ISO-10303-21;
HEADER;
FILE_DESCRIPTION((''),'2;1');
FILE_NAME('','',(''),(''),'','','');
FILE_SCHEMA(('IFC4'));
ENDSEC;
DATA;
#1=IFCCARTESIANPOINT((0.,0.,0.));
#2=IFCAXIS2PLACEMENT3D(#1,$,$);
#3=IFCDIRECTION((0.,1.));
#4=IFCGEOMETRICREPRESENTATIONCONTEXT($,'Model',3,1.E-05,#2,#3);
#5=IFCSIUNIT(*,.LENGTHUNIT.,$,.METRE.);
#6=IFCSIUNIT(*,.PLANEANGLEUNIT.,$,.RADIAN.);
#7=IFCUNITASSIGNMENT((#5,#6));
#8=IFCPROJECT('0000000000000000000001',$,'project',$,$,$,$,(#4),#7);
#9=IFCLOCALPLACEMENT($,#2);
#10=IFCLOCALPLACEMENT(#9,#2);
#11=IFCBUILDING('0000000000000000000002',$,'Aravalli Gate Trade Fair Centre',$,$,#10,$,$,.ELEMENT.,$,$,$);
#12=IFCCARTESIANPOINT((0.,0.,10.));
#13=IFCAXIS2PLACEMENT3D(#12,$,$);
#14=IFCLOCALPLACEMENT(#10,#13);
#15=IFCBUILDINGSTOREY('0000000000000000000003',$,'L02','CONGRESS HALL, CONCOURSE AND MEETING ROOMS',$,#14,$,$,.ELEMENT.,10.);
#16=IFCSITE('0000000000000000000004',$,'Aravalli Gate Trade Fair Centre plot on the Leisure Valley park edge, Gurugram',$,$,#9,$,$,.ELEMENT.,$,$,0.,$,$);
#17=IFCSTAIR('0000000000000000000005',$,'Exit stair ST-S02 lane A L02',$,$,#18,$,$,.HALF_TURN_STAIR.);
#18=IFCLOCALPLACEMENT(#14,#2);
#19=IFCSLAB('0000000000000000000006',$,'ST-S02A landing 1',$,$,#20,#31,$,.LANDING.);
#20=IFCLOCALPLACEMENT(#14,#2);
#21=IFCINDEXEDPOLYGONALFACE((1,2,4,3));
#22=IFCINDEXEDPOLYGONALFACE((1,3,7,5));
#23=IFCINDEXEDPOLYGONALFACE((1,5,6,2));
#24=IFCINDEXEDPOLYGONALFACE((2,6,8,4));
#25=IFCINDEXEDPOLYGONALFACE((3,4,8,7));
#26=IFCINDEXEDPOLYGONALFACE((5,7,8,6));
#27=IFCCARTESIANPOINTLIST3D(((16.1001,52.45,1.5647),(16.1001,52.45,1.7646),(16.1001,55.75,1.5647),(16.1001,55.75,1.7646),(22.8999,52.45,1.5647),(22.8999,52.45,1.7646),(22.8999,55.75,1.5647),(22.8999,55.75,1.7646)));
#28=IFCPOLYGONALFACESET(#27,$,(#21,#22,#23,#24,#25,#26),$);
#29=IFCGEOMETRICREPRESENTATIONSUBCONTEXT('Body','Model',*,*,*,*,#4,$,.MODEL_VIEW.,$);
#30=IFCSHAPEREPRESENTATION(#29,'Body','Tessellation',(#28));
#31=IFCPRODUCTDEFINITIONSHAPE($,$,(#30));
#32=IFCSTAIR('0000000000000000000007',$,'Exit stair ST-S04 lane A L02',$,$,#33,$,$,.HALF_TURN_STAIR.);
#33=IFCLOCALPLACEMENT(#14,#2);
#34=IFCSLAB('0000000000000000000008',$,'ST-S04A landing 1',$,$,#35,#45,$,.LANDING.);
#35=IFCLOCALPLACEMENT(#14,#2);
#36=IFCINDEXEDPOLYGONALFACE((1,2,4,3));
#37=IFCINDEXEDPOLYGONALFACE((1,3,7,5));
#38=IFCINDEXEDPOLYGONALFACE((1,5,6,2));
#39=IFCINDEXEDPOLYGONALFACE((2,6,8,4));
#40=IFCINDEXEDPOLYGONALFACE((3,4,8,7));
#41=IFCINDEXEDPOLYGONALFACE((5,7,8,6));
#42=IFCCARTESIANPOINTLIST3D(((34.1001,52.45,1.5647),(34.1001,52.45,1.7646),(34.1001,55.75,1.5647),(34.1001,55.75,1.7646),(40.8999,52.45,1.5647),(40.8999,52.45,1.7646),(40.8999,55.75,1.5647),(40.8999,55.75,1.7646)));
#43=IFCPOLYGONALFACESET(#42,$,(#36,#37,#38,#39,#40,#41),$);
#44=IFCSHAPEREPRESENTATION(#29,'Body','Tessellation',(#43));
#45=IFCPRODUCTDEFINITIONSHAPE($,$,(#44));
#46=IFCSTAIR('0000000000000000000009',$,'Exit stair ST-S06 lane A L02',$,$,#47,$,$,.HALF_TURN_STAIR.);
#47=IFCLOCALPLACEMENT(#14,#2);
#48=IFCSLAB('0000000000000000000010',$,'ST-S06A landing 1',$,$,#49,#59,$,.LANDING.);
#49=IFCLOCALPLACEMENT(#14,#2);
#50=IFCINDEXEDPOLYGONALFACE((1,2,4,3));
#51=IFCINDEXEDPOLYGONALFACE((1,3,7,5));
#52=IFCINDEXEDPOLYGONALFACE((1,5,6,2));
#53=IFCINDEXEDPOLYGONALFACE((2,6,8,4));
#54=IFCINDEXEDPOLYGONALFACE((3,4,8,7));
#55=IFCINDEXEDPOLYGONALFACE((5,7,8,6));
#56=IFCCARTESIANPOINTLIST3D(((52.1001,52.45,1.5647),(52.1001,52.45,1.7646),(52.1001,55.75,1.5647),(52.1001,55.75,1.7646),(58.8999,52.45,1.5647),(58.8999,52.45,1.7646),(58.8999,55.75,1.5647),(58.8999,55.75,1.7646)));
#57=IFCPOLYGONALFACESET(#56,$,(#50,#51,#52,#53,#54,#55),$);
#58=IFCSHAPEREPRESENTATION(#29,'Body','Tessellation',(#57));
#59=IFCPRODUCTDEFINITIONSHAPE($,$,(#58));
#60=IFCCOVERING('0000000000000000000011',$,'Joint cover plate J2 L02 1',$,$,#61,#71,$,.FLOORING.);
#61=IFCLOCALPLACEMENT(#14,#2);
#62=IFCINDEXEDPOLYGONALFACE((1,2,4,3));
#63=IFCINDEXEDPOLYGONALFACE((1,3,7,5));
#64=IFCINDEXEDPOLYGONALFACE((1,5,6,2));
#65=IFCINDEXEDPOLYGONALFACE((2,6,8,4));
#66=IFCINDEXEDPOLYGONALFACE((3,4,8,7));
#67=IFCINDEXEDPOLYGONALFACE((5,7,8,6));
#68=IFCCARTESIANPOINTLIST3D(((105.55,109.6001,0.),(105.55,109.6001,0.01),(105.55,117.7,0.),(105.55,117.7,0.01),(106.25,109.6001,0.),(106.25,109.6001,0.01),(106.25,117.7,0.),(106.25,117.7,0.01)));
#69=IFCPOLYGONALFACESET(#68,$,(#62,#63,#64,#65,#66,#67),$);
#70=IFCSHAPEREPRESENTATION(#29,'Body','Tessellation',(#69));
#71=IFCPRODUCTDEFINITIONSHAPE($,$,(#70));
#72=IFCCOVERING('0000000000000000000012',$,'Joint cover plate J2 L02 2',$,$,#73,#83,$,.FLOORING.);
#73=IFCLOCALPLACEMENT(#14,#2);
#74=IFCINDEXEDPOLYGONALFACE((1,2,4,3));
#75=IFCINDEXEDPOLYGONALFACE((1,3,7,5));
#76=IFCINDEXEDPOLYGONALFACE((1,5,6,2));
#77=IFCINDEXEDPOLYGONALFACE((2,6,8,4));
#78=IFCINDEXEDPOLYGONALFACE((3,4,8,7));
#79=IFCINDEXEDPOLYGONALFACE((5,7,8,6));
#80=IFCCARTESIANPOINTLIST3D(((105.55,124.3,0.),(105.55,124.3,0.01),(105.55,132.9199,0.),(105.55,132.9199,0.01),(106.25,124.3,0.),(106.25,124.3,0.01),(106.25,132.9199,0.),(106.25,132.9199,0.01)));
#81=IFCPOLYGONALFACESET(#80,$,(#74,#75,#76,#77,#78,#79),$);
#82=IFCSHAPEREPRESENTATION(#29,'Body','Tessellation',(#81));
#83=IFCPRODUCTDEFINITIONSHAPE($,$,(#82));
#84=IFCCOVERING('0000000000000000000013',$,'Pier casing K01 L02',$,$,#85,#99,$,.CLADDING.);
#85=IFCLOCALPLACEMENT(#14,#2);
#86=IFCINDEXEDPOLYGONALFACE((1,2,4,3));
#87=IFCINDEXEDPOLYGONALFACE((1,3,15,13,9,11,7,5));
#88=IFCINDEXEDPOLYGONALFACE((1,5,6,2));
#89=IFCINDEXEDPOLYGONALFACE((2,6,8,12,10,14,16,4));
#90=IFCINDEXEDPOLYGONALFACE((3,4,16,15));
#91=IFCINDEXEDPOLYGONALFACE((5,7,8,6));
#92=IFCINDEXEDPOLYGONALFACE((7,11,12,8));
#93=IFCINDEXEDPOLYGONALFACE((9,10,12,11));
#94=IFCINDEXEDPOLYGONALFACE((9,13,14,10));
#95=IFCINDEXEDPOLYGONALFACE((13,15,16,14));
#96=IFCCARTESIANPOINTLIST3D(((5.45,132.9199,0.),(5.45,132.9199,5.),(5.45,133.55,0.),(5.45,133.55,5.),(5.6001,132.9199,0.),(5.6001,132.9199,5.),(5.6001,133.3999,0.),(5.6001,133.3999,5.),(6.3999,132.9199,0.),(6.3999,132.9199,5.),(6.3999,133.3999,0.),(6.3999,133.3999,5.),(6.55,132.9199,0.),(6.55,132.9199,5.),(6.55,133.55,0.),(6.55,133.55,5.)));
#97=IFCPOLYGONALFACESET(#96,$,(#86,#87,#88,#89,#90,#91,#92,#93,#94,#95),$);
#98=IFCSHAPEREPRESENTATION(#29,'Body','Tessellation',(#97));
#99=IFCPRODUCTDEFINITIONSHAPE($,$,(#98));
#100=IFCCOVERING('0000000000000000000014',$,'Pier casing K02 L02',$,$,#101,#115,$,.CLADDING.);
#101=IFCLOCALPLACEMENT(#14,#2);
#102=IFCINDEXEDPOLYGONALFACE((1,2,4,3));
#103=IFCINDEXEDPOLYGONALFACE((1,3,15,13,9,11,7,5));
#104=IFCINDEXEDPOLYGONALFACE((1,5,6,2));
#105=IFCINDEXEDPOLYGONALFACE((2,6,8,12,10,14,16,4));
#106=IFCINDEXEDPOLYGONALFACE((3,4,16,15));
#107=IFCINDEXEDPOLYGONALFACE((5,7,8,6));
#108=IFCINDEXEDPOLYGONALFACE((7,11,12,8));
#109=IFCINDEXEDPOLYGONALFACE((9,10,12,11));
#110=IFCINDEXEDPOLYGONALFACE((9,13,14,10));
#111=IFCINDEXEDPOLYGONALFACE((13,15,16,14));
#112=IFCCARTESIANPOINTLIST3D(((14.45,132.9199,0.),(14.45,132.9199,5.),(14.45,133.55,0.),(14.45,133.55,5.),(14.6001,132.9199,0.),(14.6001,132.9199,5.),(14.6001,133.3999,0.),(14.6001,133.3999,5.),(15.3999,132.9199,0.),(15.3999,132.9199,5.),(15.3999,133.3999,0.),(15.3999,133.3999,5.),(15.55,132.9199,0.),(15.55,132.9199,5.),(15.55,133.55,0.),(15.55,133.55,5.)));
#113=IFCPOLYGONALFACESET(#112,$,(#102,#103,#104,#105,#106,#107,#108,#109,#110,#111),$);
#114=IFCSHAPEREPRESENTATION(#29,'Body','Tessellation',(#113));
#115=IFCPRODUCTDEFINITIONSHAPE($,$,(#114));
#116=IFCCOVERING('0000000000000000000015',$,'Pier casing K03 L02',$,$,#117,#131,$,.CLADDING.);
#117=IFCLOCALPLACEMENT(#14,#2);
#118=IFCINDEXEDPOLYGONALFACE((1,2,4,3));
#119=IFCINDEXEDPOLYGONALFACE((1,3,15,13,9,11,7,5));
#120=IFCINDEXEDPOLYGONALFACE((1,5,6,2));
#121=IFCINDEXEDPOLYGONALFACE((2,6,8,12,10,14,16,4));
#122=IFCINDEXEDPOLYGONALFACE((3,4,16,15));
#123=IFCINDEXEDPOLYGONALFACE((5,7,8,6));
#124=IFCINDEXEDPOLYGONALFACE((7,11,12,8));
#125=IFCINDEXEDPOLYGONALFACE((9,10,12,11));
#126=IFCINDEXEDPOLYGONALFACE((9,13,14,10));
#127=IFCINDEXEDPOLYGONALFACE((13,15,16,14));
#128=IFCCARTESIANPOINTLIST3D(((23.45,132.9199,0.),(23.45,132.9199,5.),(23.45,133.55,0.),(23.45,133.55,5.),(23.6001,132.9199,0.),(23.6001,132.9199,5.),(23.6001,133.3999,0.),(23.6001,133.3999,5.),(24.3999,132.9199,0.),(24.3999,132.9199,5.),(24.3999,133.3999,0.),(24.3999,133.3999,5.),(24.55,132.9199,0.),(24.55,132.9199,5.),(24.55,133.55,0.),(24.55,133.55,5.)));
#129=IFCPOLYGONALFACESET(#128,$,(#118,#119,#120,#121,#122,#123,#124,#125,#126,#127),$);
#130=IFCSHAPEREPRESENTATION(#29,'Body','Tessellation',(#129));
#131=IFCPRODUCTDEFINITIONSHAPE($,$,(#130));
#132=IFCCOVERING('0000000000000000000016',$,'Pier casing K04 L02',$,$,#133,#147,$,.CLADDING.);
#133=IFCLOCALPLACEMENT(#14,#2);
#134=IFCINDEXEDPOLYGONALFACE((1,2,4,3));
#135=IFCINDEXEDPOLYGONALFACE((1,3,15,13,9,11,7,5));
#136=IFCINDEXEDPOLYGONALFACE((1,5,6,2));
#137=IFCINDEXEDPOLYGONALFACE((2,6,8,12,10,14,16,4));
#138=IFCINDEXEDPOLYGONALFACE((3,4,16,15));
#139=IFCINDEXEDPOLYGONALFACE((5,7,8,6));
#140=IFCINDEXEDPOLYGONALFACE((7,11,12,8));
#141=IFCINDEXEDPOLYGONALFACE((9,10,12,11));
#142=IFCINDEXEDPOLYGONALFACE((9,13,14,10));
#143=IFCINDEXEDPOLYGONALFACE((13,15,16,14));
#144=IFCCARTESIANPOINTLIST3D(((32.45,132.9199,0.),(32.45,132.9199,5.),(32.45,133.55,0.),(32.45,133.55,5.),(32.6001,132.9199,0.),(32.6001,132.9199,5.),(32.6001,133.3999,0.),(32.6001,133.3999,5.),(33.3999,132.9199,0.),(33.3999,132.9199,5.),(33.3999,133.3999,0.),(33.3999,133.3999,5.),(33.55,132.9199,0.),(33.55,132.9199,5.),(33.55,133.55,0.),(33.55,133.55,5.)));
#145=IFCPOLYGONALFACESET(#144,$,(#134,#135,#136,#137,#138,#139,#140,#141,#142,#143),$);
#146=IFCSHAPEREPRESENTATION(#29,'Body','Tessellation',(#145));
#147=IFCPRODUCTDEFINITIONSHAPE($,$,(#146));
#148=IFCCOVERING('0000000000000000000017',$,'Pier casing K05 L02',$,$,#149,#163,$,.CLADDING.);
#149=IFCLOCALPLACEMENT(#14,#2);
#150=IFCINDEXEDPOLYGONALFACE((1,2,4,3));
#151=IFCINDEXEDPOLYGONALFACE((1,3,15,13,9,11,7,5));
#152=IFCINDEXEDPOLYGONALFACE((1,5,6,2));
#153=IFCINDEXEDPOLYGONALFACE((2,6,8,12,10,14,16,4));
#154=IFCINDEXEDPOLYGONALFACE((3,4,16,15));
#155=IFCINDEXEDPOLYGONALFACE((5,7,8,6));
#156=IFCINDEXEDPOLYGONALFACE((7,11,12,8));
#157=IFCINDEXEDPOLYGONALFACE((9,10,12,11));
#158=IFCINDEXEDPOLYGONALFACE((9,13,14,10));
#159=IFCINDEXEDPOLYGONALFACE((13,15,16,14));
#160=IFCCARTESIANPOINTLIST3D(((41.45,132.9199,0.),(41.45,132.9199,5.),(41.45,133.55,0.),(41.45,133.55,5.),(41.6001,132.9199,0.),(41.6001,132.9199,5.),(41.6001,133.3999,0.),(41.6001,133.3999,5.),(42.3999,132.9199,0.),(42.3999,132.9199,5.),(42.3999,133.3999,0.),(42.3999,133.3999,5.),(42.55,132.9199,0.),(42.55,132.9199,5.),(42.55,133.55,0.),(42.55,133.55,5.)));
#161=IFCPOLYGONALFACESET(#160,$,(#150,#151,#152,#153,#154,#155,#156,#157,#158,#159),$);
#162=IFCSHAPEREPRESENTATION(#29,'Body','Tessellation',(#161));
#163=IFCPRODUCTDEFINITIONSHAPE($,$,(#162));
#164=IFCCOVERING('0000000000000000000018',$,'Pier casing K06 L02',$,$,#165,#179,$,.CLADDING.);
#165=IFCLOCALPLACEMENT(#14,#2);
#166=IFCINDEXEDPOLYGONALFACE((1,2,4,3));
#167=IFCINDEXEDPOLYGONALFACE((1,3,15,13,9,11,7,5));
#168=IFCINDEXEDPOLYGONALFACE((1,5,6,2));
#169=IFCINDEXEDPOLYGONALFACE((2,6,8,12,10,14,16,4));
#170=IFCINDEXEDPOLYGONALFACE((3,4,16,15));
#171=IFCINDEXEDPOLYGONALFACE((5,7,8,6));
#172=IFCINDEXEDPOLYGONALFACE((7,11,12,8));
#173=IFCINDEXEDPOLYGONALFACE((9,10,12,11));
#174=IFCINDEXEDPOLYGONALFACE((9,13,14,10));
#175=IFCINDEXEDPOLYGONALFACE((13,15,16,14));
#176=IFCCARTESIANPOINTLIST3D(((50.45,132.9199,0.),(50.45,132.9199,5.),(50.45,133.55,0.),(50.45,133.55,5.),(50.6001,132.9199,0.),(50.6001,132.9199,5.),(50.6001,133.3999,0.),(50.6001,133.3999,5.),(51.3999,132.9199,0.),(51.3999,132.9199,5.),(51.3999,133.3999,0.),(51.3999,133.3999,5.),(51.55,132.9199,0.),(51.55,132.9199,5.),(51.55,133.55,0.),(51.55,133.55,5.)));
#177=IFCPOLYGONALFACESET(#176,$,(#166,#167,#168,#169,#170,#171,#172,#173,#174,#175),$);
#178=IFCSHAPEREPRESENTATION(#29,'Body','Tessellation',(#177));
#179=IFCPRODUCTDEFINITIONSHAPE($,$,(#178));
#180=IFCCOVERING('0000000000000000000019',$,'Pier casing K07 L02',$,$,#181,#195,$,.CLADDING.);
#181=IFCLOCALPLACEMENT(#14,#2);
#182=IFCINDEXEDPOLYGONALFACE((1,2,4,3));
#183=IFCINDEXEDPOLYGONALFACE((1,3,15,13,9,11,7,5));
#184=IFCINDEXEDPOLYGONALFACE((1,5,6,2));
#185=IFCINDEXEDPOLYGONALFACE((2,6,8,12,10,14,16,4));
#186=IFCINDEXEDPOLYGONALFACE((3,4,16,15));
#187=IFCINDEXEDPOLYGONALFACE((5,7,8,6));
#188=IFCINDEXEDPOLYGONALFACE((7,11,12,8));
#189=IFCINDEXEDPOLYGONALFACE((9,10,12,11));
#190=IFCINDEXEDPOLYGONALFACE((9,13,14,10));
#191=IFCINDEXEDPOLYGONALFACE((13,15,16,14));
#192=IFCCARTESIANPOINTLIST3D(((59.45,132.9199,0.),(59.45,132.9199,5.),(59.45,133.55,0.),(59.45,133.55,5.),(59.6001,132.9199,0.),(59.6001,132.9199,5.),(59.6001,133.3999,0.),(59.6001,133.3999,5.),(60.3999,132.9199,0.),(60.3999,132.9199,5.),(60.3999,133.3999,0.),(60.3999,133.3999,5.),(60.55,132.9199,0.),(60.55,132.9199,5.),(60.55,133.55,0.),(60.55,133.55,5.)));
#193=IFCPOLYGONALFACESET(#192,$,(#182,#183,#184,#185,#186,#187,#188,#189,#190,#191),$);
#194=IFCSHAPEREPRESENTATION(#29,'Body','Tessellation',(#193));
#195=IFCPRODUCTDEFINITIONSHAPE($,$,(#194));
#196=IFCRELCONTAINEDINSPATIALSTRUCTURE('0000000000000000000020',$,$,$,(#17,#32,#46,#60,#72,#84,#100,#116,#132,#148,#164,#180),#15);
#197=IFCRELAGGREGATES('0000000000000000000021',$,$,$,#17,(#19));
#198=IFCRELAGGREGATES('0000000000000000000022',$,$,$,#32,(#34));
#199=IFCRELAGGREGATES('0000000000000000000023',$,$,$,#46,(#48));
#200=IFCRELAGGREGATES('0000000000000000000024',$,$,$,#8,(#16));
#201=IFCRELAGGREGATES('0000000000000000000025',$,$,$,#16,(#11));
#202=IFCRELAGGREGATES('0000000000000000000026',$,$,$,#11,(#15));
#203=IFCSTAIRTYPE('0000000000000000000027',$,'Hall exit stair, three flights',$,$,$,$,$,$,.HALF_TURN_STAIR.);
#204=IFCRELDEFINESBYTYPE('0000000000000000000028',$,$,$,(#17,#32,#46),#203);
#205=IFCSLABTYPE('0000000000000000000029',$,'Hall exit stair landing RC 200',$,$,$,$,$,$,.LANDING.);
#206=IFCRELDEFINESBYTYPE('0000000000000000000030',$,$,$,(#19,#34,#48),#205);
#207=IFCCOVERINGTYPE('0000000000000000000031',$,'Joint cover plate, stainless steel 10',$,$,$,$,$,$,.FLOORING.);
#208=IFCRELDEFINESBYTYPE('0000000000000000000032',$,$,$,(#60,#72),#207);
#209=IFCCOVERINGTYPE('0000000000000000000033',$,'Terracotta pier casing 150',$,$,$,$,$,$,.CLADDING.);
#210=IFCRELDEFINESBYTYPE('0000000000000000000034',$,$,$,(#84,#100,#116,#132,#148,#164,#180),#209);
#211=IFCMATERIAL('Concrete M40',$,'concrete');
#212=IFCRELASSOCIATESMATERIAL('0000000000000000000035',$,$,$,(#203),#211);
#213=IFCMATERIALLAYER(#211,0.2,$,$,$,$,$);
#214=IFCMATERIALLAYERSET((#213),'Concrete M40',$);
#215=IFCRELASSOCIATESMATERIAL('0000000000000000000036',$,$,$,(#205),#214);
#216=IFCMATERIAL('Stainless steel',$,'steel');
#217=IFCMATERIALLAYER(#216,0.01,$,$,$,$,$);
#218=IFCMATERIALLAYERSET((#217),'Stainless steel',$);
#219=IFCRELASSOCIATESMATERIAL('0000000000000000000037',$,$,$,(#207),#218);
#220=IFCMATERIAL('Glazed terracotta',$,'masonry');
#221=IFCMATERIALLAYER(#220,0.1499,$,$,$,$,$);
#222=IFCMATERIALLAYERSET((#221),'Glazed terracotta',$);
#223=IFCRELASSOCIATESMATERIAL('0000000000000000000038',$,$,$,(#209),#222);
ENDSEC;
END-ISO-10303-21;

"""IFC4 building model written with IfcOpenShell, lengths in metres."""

from ifc_helpers import new_model, si_unit, direction, frame, origin, place, context, subcontext, project, spatial, polyline, outline, extrude, material, layer, layer_set, type_object, element, aggregate, save


model = new_model("IFC4")

# Units and contexts
model_context = context("Model", 3, precision=1e-05, world=origin(), true_north=direction((0.0, 1.0)))
body_context = subcontext(model_context, "Body", "Model", "MODEL_VIEW")
ifc_project = project(units=[si_unit("LENGTHUNIT", "METRE"), si_unit("PLANEANGLEUNIT", "RADIAN")], contexts=[model_context])

# Site, building, storey
site_placement = place(None, origin())
site = spatial("IfcSite", under=ifc_project, at=site_placement, Name="Aravalli Gate Trade Fair Centre plot on the Leisure Valley park edge, Gurugram", CompositionType="ELEMENT", RefElevation=0.0)
building_placement = place(site_placement, origin())
building = spatial("IfcBuilding", under=site, at=building_placement, Name="Aravalli Gate Trade Fair Centre", CompositionType="ELEMENT")
storey_placement = place(building_placement, frame((0.0, 0.0, 10.0)))
storey = spatial("IfcBuildingStorey", under=building, at=storey_placement, Name="L02", Description="CONGRESS HALL, CONCOURSE AND MEETING ROOMS", CompositionType="ELEMENT", Elevation=10.0)

# Stairs, slabs
ifc_material_1 = material(Name="Concrete M40", Category="concrete")
stair_type = type_object("IfcStairType", Name="Hall exit stair, three flights", PredefinedType="HALF_TURN_STAIR", material=ifc_material_1)
stair_1_placement = place(storey_placement, origin())
stair_1 = element("IfcStair", 1, at=stair_1_placement, inside=storey, type_object=stair_type, Name="Exit stair ST-S02 lane A L02", PredefinedType="HALF_TURN_STAIR")
ifc_layer_1 = layer(ifc_material_1, 0.2)
ifc_layer_set_1 = layer_set([ifc_layer_1], Name="Concrete M40")
slab_type = type_object("IfcSlabType", Name="Hall exit stair landing RC 200", PredefinedType="LANDING", material=ifc_layer_set_1)
slab_1_placement = place(storey_placement, frame((0.0, 0.0, 1.5647)))
slab_1 = element("IfcSlab", 2, at=slab_1_placement, type_object=slab_type, Name="ST-S02A landing 1", PredefinedType="LANDING", context=body_context, shape_type="SweptSolid", body=[
    extrude(outline(polyline([(16.1001, 52.45), (22.8999, 52.45), (22.8999, 55.75), (16.1001, 55.75), (16.1001, 52.45)])), origin(), (0.0, 0.0, 1.0), 0.2),
])
aggregate(stair_1, [slab_1])
stair_2_placement = place(storey_placement, origin())
stair_2 = element("IfcStair", 3, at=stair_2_placement, inside=storey, type_object=stair_type, Name="Exit stair ST-S04 lane A L02", PredefinedType="HALF_TURN_STAIR")
slab_2_placement = place(storey_placement, frame((0.0, 0.0, 1.5647)))
slab_2 = element("IfcSlab", 4, at=slab_2_placement, type_object=slab_type, Name="ST-S04A landing 1", PredefinedType="LANDING", context=body_context, shape_type="SweptSolid", body=[
    extrude(outline(polyline([(34.1001, 52.45), (40.8999, 52.45), (40.8999, 55.75), (34.1001, 55.75), (34.1001, 52.45)])), origin(), (0.0, 0.0, 1.0), 0.2),
])
aggregate(stair_2, [slab_2])
stair_3_placement = place(storey_placement, origin())
stair_3 = element("IfcStair", 5, at=stair_3_placement, inside=storey, type_object=stair_type, Name="Exit stair ST-S06 lane A L02", PredefinedType="HALF_TURN_STAIR")
slab_3_placement = place(storey_placement, frame((0.0, 0.0, 1.5647)))
slab_3 = element("IfcSlab", 6, at=slab_3_placement, type_object=slab_type, Name="ST-S06A landing 1", PredefinedType="LANDING", context=body_context, shape_type="SweptSolid", body=[
    extrude(outline(polyline([(52.1001, 52.45), (58.8999, 52.45), (58.8999, 55.75), (52.1001, 55.75), (52.1001, 52.45)])), origin(), (0.0, 0.0, 1.0), 0.2),
])
aggregate(stair_3, [slab_3])

# Coverings
ifc_material_2 = material(Name="Stainless steel", Category="steel")
ifc_layer_2 = layer(ifc_material_2, 0.01)
ifc_layer_set_2 = layer_set([ifc_layer_2], Name="Stainless steel")
covering_type_1 = type_object("IfcCoveringType", Name="Joint cover plate, stainless steel 10", PredefinedType="FLOORING", material=ifc_layer_set_2)
covering_1_placement = place(storey_placement, origin())
element("IfcCovering", 7, at=covering_1_placement, inside=storey, type_object=covering_type_1, Name="Joint cover plate J2 L02 1", PredefinedType="FLOORING", context=body_context, shape_type="SweptSolid", body=[
    extrude(outline(polyline([(106.25, 109.6001), (106.25, 117.7), (105.55, 117.7), (105.55, 109.6001), (106.25, 109.6001)])), origin(), (0.0, 0.0, 1.0), 0.01),
])
covering_2_placement = place(storey_placement, origin())
element("IfcCovering", 8, at=covering_2_placement, inside=storey, type_object=covering_type_1, Name="Joint cover plate J2 L02 2", PredefinedType="FLOORING", context=body_context, shape_type="SweptSolid", body=[
    extrude(outline(polyline([(105.55, 132.9199), (105.55, 124.3), (106.25, 124.3), (106.25, 132.9199), (105.55, 132.9199)])), origin(), (0.0, 0.0, 1.0), 0.01),
])
ifc_material_3 = material(Name="Glazed terracotta", Category="masonry")
ifc_layer_3 = layer(ifc_material_3, 0.1499)
ifc_layer_set_3 = layer_set([ifc_layer_3], Name="Glazed terracotta")
covering_type_2 = type_object("IfcCoveringType", Name="Terracotta pier casing 150", PredefinedType="CLADDING", material=ifc_layer_set_3)
covering_3_placement = place(storey_placement, origin())
element("IfcCovering", 9, at=covering_3_placement, inside=storey, type_object=covering_type_2, Name="Pier casing K01 L02", PredefinedType="CLADDING", context=body_context, shape_type="SweptSolid", body=[
    extrude(outline(polyline([(5.45, 132.9199), (5.6001, 132.9199), (5.6001, 133.3999), (6.3999, 133.3999), (6.3999, 132.9199), (6.55, 132.9199), (6.55, 133.55), (5.45, 133.55), (5.45, 132.9199)])), origin(), (0.0, 0.0, 1.0), 5.0),
])
covering_4_placement = place(storey_placement, origin())
element("IfcCovering", 10, at=covering_4_placement, inside=storey, type_object=covering_type_2, Name="Pier casing K02 L02", PredefinedType="CLADDING", context=body_context, shape_type="SweptSolid", body=[
    extrude(outline(polyline([(14.45, 132.9199), (14.6001, 132.9199), (14.6001, 133.3999), (15.3999, 133.3999), (15.3999, 132.9199), (15.55, 132.9199), (15.55, 133.55), (14.45, 133.55), (14.45, 132.9199)])), origin(), (0.0, 0.0, 1.0), 5.0),
])
covering_5_placement = place(storey_placement, origin())
element("IfcCovering", 11, at=covering_5_placement, inside=storey, type_object=covering_type_2, Name="Pier casing K03 L02", PredefinedType="CLADDING", context=body_context, shape_type="SweptSolid", body=[
    extrude(outline(polyline([(23.45, 132.9199), (23.6001, 132.9199), (23.6001, 133.3999), (24.3999, 133.3999), (24.3999, 132.9199), (24.55, 132.9199), (24.55, 133.55), (23.45, 133.55), (23.45, 132.9199)])), origin(), (0.0, 0.0, 1.0), 5.0),
])
covering_6_placement = place(storey_placement, origin())
element("IfcCovering", 12, at=covering_6_placement, inside=storey, type_object=covering_type_2, Name="Pier casing K04 L02", PredefinedType="CLADDING", context=body_context, shape_type="SweptSolid", body=[
    extrude(outline(polyline([(32.45, 132.9199), (32.6001, 132.9199), (32.6001, 133.3999), (33.3999, 133.3999), (33.3999, 132.9199), (33.55, 132.9199), (33.55, 133.55), (32.45, 133.55), (32.45, 132.9199)])), origin(), (0.0, 0.0, 1.0), 5.0),
])
covering_7_placement = place(storey_placement, origin())
element("IfcCovering", 13, at=covering_7_placement, inside=storey, type_object=covering_type_2, Name="Pier casing K05 L02", PredefinedType="CLADDING", context=body_context, shape_type="SweptSolid", body=[
    extrude(outline(polyline([(41.45, 132.9199), (41.6001, 132.9199), (41.6001, 133.3999), (42.3999, 133.3999), (42.3999, 132.9199), (42.55, 132.9199), (42.55, 133.55), (41.45, 133.55), (41.45, 132.9199)])), origin(), (0.0, 0.0, 1.0), 5.0),
])
covering_8_placement = place(storey_placement, origin())
element("IfcCovering", 14, at=covering_8_placement, inside=storey, type_object=covering_type_2, Name="Pier casing K06 L02", PredefinedType="CLADDING", context=body_context, shape_type="SweptSolid", body=[
    extrude(outline(polyline([(50.45, 132.9199), (50.6001, 132.9199), (50.6001, 133.3999), (51.3999, 133.3999), (51.3999, 132.9199), (51.55, 132.9199), (51.55, 133.55), (50.45, 133.55), (50.45, 132.9199)])), origin(), (0.0, 0.0, 1.0), 5.0),
])
covering_9_placement = place(storey_placement, origin())
element("IfcCovering", 15, at=covering_9_placement, inside=storey, type_object=covering_type_2, Name="Pier casing K07 L02", PredefinedType="CLADDING", context=body_context, shape_type="SweptSolid", body=[
    extrude(outline(polyline([(59.45, 132.9199), (59.6001, 132.9199), (59.6001, 133.3999), (60.3999, 133.3999), (60.3999, 132.9199), (60.55, 132.9199), (60.55, 133.55), (59.45, 133.55), (59.45, 132.9199)])), origin(), (0.0, 0.0, 1.0), 5.0),
])

save(model, "model.ifc")
